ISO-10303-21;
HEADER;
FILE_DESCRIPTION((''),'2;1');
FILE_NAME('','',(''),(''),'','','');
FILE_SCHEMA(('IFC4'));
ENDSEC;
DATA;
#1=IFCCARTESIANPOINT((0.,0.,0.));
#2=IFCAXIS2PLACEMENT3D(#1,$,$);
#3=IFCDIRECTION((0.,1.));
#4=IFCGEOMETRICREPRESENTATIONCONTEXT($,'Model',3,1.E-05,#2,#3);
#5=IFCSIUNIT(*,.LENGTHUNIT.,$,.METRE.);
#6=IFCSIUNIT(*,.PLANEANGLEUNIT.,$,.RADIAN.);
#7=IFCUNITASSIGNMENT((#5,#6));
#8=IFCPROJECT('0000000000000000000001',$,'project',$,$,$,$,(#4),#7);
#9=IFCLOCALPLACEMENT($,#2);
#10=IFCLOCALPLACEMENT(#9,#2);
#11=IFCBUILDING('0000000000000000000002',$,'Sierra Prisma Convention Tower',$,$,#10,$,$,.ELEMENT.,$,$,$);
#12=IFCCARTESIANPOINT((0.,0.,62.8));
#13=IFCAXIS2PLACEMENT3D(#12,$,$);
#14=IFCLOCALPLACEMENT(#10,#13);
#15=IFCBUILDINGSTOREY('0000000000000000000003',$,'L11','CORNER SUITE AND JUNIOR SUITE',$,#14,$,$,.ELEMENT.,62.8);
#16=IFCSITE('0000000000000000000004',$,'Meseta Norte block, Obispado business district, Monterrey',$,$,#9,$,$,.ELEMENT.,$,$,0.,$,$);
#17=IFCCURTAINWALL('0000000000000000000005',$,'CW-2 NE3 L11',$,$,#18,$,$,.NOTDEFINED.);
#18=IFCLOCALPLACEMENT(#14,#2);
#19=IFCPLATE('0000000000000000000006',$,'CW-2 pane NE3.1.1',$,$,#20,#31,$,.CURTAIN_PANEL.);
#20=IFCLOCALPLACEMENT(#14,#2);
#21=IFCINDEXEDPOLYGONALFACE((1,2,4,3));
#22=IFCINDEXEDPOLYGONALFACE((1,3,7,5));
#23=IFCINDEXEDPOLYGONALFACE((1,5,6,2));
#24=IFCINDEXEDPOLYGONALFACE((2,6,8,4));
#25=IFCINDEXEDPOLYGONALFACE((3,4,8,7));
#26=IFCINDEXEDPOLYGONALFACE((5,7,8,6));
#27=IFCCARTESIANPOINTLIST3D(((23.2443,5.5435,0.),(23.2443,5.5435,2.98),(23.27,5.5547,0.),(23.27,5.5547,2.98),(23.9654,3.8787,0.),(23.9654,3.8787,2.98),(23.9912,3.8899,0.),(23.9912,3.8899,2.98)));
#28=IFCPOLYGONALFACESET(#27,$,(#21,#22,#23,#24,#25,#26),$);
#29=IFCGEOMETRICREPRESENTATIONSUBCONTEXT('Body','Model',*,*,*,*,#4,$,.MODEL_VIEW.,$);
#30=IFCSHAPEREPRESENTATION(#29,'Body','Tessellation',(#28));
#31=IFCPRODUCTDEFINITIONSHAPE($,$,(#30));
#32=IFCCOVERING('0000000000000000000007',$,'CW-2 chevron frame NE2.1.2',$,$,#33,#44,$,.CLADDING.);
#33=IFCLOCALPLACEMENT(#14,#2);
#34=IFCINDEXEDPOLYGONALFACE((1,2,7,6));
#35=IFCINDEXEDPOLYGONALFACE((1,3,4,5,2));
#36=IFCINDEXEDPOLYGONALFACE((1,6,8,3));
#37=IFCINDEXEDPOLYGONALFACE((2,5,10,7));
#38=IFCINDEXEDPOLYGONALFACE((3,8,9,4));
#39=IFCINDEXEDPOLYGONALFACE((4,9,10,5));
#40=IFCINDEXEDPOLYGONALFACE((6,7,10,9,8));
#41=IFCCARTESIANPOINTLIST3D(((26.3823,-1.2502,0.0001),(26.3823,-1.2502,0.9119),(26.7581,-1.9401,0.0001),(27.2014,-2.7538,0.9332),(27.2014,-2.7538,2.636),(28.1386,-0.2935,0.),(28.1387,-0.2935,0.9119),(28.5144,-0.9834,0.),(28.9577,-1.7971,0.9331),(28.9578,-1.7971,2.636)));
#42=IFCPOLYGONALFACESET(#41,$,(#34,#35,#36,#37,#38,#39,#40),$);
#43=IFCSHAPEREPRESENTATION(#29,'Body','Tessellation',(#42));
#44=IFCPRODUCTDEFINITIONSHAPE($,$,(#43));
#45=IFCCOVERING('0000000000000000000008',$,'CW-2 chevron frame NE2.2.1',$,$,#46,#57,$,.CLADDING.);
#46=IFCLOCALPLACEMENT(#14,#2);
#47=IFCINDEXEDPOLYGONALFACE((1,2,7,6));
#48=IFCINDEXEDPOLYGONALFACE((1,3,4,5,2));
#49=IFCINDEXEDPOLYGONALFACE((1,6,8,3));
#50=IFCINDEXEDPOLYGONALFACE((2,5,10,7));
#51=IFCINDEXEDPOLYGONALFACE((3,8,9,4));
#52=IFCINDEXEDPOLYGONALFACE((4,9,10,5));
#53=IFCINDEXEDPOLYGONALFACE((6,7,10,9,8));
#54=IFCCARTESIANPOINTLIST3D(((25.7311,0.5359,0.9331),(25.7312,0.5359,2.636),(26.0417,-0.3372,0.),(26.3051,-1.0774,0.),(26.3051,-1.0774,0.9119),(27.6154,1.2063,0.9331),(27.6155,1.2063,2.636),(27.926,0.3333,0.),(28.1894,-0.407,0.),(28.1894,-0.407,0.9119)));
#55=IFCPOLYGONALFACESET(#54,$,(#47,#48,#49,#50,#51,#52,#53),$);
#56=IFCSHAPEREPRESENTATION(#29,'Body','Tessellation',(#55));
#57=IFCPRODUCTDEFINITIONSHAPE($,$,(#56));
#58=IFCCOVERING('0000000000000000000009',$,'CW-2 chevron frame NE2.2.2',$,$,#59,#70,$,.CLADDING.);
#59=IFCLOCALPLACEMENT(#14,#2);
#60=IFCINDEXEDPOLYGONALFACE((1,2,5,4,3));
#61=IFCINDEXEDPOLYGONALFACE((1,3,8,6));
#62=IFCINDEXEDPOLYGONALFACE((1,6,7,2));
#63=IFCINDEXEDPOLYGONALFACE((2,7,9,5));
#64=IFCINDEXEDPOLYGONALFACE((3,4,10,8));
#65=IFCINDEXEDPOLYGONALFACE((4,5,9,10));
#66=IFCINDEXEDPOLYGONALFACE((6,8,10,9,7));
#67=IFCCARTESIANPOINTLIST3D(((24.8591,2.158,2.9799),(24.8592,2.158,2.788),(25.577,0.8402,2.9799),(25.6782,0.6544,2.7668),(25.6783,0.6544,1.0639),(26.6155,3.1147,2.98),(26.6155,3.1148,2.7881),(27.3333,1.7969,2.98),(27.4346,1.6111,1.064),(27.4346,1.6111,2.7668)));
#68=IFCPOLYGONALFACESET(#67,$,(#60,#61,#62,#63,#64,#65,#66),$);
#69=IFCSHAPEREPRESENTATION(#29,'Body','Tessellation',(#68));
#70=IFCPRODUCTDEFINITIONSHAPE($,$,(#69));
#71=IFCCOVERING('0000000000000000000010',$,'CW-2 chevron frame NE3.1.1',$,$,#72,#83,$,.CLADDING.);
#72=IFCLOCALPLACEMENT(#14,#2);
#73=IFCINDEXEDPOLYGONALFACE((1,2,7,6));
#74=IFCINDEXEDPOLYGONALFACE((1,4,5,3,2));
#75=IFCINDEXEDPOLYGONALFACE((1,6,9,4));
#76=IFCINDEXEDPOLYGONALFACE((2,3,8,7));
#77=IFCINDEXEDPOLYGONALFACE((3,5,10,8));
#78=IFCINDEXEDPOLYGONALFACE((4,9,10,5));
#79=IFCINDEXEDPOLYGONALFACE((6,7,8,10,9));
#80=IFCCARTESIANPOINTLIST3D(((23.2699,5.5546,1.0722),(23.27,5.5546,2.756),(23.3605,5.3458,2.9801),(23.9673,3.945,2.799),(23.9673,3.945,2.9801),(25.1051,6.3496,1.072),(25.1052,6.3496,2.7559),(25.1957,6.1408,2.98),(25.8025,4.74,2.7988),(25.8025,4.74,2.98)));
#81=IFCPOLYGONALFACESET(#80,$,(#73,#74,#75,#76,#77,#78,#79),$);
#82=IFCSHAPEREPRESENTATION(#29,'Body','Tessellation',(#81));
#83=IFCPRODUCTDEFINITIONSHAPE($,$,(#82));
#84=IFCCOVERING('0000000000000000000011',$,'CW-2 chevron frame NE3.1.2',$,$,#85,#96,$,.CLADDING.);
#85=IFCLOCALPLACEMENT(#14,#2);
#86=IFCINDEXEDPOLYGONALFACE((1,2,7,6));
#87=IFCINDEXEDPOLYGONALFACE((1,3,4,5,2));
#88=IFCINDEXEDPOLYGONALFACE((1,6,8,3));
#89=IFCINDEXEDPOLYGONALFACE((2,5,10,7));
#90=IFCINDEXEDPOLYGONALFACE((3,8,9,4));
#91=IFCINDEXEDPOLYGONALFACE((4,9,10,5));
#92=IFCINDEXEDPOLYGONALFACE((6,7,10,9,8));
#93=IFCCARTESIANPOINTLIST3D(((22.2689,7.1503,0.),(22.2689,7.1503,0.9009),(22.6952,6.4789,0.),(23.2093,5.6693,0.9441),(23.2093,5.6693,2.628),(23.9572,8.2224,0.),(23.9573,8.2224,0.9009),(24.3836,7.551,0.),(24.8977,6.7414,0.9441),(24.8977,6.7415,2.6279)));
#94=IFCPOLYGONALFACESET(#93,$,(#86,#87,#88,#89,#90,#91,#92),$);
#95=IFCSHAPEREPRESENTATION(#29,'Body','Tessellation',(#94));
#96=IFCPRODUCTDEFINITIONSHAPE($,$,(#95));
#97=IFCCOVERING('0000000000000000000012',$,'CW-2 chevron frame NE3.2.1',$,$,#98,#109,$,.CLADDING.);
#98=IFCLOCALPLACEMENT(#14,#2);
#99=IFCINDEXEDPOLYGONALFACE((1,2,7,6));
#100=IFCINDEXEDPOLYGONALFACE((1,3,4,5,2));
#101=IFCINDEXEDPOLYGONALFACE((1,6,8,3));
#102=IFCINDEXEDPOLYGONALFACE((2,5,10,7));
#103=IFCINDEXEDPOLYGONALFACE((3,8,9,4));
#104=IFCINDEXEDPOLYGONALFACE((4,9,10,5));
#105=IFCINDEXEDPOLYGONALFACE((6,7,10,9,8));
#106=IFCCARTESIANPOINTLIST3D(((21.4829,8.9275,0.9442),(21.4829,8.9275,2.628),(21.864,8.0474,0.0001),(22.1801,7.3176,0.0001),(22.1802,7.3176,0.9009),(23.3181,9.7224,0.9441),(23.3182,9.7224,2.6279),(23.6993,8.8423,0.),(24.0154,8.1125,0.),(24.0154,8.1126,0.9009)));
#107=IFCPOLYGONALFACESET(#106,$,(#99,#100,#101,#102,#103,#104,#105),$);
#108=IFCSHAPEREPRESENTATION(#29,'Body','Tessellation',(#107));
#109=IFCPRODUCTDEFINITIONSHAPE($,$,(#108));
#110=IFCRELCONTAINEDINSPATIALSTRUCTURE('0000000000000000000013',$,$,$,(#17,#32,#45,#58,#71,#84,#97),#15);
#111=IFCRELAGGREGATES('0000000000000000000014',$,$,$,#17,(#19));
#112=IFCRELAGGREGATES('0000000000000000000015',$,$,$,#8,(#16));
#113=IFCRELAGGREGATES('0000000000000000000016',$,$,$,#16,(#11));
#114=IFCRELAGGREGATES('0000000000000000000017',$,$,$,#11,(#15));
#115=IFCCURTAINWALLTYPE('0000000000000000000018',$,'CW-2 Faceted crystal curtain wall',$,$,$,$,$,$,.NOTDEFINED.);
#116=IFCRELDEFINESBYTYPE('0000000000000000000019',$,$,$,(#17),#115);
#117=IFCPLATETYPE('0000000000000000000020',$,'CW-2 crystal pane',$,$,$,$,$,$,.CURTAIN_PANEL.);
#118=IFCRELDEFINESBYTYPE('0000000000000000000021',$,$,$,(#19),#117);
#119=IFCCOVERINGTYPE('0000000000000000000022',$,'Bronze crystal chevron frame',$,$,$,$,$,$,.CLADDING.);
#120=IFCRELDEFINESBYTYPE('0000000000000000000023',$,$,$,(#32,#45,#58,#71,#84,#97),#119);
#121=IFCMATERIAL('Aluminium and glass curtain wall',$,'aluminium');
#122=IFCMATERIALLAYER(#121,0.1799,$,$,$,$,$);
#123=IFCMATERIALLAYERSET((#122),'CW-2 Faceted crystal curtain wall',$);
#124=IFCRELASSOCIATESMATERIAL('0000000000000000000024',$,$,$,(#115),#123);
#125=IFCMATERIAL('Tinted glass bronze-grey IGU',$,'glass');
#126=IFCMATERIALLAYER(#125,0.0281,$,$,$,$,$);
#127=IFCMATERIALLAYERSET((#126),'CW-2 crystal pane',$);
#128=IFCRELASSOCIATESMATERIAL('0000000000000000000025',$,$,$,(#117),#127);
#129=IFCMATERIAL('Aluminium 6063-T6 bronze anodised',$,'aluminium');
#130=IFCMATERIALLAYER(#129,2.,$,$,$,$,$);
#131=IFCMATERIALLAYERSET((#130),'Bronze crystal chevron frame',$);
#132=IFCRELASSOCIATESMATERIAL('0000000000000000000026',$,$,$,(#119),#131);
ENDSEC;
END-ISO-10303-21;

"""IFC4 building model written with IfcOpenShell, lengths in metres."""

from ifc_helpers import new_model, si_unit, direction, frame, origin, place, context, subcontext, project, spatial, polyline, outline, extrude, material, layer, layer_set, type_object, element, aggregate, save


model = new_model("IFC4")

# Units and contexts
model_context = context("Model", 3, precision=1e-05, world=origin(), true_north=direction((0.0, 1.0)))
body_context = subcontext(model_context, "Body", "Model", "MODEL_VIEW")
ifc_project = project(units=[si_unit("LENGTHUNIT", "METRE"), si_unit("PLANEANGLEUNIT", "RADIAN")], contexts=[model_context])

# Site, building, storey
site_placement = place(None, origin())
site = spatial("IfcSite", under=ifc_project, at=site_placement, Name="Meseta Norte block, Obispado business district, Monterrey", CompositionType="ELEMENT", RefElevation=0.0)
building_placement = place(site_placement, origin())
building = spatial("IfcBuilding", under=site, at=building_placement, Name="Sierra Prisma Convention Tower", CompositionType="ELEMENT")
storey_placement = place(building_placement, frame((0.0, 0.0, 62.8)))
storey = spatial("IfcBuildingStorey", under=building, at=storey_placement, Name="L11", Description="CORNER SUITE AND JUNIOR SUITE", CompositionType="ELEMENT", Elevation=62.8)

# Shared definitions
ifc_material_1 = material(Name="Aluminium and glass curtain wall", Category="aluminium")
ifc_layer_1 = layer(ifc_material_1, 0.1799)
ifc_layer_set_1 = layer_set([ifc_layer_1], Name="CW-2 Faceted crystal curtain wall")
curtain_wall_type = type_object("IfcCurtainWallType", Name="CW-2 Faceted crystal curtain wall", PredefinedType="NOTDEFINED", material=ifc_layer_set_1)

# Curtain wall
curtain_wall_1_placement = place(storey_placement, origin())
curtain_wall_1 = element("IfcCurtainWall", 1, at=curtain_wall_1_placement, inside=storey, type_object=curtain_wall_type, Name="CW-2 NE3 L11", PredefinedType="NOTDEFINED")

# Plate
ifc_material_2 = material(Name="Tinted glass bronze-grey IGU", Category="glass")
ifc_layer_2 = layer(ifc_material_2, 0.0281)
ifc_layer_set_2 = layer_set([ifc_layer_2], Name="CW-2 crystal pane")
plate_type = type_object("IfcPlateType", Name="CW-2 crystal pane", PredefinedType="CURTAIN_PANEL", material=ifc_layer_set_2)
plate_1_placement = place(storey_placement, frame((23.9912, 3.8899, 0.0), z_axis=(0.9176, 0.397505, 0.0), x_axis=(-0.397505, 0.9176, 0.0)))
plate_1 = element("IfcPlate", 2, at=plate_1_placement, type_object=plate_type, Name="CW-2 pane NE3.1.1", PredefinedType="CURTAIN_PANEL", context=body_context, shape_type="SweptSolid", body=[
    extrude(outline(polyline([(0.0, 0.0), (1.8143, 0.0), (1.8143, 2.98), (0.0, 2.98), (0.0, 0.0)])), origin(), (0.0, 0.0, -1.0), 0.0281),
])
aggregate(curtain_wall_1, [plate_1])

# Coverings
ifc_material_3 = material(Name="Aluminium 6063-T6 bronze anodised", Category="aluminium")
ifc_layer_3 = layer(ifc_material_3, 2.0)
ifc_layer_set_3 = layer_set([ifc_layer_3], Name="Bronze crystal chevron frame")
covering_type = type_object("IfcCoveringType", Name="Bronze crystal chevron frame", PredefinedType="CLADDING", material=ifc_layer_set_3)
covering_1_placement = place(storey_placement, frame((28.9578, -1.7971, 2.636), z_axis=(0.87817, 0.478349, -0.000029), x_axis=(-0.000025, -0.000014, -1.0)))
element("IfcCovering", 3, at=covering_1_placement, inside=storey, type_object=covering_type, Name="CW-2 chevron frame NE2.1.2", PredefinedType="CLADDING", context=body_context, shape_type="SweptSolid", body=[
    extrude(outline(polyline([(0.0, 0.0), (1.7029, 0.0), (2.636, 0.9267), (2.636, 1.7123), (1.7241, 1.7123), (0.0, 0.0)])), origin(), (0.0, 0.0, -1.0), 2.0),
])
covering_2_placement = place(storey_placement, frame((27.926, 0.3333, 0.0), z_axis=(0.942144, 0.335209, -0.000021), x_axis=(-0.236188, 0.663879, 0.709563)))
element("IfcCovering", 4, at=covering_2_placement, inside=storey, type_object=covering_type, Name="CW-2 chevron frame NE2.2.1", PredefinedType="CLADDING", context=body_context, shape_type="SweptSolid", body=[
    extrude(outline(polyline([(0.0, 0.0), (1.315, 0.0), (2.5233, 1.1999), (0.0934, 1.2), (-0.5536, 0.5575), (0.0, 0.0)])), origin(), (0.0, 0.0, -1.0), 2.0),
])
covering_3_placement = place(storey_placement, frame((26.6155, 3.1147, 2.98), z_axis=(0.878165, 0.478357, 0.000047), x_axis=(0.478357, -0.878165, 0.0)))
element("IfcCovering", 5, at=covering_3_placement, inside=storey, type_object=covering_type, Name="CW-2 chevron frame NE2.2.2", PredefinedType="CLADDING", context=body_context, shape_type="SweptSolid", body=[
    extrude(outline(polyline([(0.0, 0.0), (1.5007, 0.0), (1.7123, 0.2131), (1.7123, 1.916), (0.0, 0.1919), (0.0, 0.0)])), origin(), (0.0, 0.0, -1.0), 2.0),
])
covering_4_placement = place(storey_placement, frame((25.8025, 4.74, 2.98), z_axis=(0.917608, 0.397486, -0.000068), x_axis=(-0.000062, -0.000027, -1.0)))
element("IfcCovering", 6, at=covering_4_placement, inside=storey, type_object=covering_type, Name="CW-2 chevron frame NE3.1.1", PredefinedType="CLADDING", context=body_context, shape_type="SweptSolid", body=[
    extrude(outline(polyline([(0.0, 0.0), (0.1812, 0.0), (1.908, 1.7542), (0.2241, 1.7542), (0.0, 1.5266), (0.0, 0.0)])), origin(), (0.0, 0.0, -1.0), 2.0),
])
covering_5_placement = place(storey_placement, frame((24.8977, 6.7415, 2.6279), z_axis=(0.844183, 0.536056, -0.00002), x_axis=(-0.000017, -0.000011, -1.0)))
element("IfcCovering", 7, at=covering_5_placement, inside=storey, type_object=covering_type, Name="CW-2 chevron frame NE3.1.2", PredefinedType="CLADDING", context=body_context, shape_type="SweptSolid", body=[
    extrude(outline(polyline([(0.0, 0.0), (1.6838, 0.0), (2.6279, 0.959), (2.6279, 1.7543), (1.7271, 1.7543), (0.0, 0.0)])), origin(), (0.0, 0.0, -1.0), 2.0),
])
covering_6_placement = place(storey_placement, frame((24.0154, 8.1125, 0.0), z_axis=(0.91762, 0.397458, -0.00003), x_axis=(-0.397458, 0.91762, 0.0)))
element("IfcCovering", 8, at=covering_6_placement, inside=storey, type_object=covering_type, Name="CW-2 chevron frame NE3.2.1", PredefinedType="CLADDING", context=body_context, shape_type="SweptSolid", body=[
    extrude(outline(polyline([(0.0, 0.0), (0.7953, 0.0), (1.7544, 0.9441), (1.7544, 2.6279), (0.0, 0.9009), (0.0, 0.0)])), origin(), (0.0, 0.0, -1.0), 2.0),
])

save(model, "model.ifc")
